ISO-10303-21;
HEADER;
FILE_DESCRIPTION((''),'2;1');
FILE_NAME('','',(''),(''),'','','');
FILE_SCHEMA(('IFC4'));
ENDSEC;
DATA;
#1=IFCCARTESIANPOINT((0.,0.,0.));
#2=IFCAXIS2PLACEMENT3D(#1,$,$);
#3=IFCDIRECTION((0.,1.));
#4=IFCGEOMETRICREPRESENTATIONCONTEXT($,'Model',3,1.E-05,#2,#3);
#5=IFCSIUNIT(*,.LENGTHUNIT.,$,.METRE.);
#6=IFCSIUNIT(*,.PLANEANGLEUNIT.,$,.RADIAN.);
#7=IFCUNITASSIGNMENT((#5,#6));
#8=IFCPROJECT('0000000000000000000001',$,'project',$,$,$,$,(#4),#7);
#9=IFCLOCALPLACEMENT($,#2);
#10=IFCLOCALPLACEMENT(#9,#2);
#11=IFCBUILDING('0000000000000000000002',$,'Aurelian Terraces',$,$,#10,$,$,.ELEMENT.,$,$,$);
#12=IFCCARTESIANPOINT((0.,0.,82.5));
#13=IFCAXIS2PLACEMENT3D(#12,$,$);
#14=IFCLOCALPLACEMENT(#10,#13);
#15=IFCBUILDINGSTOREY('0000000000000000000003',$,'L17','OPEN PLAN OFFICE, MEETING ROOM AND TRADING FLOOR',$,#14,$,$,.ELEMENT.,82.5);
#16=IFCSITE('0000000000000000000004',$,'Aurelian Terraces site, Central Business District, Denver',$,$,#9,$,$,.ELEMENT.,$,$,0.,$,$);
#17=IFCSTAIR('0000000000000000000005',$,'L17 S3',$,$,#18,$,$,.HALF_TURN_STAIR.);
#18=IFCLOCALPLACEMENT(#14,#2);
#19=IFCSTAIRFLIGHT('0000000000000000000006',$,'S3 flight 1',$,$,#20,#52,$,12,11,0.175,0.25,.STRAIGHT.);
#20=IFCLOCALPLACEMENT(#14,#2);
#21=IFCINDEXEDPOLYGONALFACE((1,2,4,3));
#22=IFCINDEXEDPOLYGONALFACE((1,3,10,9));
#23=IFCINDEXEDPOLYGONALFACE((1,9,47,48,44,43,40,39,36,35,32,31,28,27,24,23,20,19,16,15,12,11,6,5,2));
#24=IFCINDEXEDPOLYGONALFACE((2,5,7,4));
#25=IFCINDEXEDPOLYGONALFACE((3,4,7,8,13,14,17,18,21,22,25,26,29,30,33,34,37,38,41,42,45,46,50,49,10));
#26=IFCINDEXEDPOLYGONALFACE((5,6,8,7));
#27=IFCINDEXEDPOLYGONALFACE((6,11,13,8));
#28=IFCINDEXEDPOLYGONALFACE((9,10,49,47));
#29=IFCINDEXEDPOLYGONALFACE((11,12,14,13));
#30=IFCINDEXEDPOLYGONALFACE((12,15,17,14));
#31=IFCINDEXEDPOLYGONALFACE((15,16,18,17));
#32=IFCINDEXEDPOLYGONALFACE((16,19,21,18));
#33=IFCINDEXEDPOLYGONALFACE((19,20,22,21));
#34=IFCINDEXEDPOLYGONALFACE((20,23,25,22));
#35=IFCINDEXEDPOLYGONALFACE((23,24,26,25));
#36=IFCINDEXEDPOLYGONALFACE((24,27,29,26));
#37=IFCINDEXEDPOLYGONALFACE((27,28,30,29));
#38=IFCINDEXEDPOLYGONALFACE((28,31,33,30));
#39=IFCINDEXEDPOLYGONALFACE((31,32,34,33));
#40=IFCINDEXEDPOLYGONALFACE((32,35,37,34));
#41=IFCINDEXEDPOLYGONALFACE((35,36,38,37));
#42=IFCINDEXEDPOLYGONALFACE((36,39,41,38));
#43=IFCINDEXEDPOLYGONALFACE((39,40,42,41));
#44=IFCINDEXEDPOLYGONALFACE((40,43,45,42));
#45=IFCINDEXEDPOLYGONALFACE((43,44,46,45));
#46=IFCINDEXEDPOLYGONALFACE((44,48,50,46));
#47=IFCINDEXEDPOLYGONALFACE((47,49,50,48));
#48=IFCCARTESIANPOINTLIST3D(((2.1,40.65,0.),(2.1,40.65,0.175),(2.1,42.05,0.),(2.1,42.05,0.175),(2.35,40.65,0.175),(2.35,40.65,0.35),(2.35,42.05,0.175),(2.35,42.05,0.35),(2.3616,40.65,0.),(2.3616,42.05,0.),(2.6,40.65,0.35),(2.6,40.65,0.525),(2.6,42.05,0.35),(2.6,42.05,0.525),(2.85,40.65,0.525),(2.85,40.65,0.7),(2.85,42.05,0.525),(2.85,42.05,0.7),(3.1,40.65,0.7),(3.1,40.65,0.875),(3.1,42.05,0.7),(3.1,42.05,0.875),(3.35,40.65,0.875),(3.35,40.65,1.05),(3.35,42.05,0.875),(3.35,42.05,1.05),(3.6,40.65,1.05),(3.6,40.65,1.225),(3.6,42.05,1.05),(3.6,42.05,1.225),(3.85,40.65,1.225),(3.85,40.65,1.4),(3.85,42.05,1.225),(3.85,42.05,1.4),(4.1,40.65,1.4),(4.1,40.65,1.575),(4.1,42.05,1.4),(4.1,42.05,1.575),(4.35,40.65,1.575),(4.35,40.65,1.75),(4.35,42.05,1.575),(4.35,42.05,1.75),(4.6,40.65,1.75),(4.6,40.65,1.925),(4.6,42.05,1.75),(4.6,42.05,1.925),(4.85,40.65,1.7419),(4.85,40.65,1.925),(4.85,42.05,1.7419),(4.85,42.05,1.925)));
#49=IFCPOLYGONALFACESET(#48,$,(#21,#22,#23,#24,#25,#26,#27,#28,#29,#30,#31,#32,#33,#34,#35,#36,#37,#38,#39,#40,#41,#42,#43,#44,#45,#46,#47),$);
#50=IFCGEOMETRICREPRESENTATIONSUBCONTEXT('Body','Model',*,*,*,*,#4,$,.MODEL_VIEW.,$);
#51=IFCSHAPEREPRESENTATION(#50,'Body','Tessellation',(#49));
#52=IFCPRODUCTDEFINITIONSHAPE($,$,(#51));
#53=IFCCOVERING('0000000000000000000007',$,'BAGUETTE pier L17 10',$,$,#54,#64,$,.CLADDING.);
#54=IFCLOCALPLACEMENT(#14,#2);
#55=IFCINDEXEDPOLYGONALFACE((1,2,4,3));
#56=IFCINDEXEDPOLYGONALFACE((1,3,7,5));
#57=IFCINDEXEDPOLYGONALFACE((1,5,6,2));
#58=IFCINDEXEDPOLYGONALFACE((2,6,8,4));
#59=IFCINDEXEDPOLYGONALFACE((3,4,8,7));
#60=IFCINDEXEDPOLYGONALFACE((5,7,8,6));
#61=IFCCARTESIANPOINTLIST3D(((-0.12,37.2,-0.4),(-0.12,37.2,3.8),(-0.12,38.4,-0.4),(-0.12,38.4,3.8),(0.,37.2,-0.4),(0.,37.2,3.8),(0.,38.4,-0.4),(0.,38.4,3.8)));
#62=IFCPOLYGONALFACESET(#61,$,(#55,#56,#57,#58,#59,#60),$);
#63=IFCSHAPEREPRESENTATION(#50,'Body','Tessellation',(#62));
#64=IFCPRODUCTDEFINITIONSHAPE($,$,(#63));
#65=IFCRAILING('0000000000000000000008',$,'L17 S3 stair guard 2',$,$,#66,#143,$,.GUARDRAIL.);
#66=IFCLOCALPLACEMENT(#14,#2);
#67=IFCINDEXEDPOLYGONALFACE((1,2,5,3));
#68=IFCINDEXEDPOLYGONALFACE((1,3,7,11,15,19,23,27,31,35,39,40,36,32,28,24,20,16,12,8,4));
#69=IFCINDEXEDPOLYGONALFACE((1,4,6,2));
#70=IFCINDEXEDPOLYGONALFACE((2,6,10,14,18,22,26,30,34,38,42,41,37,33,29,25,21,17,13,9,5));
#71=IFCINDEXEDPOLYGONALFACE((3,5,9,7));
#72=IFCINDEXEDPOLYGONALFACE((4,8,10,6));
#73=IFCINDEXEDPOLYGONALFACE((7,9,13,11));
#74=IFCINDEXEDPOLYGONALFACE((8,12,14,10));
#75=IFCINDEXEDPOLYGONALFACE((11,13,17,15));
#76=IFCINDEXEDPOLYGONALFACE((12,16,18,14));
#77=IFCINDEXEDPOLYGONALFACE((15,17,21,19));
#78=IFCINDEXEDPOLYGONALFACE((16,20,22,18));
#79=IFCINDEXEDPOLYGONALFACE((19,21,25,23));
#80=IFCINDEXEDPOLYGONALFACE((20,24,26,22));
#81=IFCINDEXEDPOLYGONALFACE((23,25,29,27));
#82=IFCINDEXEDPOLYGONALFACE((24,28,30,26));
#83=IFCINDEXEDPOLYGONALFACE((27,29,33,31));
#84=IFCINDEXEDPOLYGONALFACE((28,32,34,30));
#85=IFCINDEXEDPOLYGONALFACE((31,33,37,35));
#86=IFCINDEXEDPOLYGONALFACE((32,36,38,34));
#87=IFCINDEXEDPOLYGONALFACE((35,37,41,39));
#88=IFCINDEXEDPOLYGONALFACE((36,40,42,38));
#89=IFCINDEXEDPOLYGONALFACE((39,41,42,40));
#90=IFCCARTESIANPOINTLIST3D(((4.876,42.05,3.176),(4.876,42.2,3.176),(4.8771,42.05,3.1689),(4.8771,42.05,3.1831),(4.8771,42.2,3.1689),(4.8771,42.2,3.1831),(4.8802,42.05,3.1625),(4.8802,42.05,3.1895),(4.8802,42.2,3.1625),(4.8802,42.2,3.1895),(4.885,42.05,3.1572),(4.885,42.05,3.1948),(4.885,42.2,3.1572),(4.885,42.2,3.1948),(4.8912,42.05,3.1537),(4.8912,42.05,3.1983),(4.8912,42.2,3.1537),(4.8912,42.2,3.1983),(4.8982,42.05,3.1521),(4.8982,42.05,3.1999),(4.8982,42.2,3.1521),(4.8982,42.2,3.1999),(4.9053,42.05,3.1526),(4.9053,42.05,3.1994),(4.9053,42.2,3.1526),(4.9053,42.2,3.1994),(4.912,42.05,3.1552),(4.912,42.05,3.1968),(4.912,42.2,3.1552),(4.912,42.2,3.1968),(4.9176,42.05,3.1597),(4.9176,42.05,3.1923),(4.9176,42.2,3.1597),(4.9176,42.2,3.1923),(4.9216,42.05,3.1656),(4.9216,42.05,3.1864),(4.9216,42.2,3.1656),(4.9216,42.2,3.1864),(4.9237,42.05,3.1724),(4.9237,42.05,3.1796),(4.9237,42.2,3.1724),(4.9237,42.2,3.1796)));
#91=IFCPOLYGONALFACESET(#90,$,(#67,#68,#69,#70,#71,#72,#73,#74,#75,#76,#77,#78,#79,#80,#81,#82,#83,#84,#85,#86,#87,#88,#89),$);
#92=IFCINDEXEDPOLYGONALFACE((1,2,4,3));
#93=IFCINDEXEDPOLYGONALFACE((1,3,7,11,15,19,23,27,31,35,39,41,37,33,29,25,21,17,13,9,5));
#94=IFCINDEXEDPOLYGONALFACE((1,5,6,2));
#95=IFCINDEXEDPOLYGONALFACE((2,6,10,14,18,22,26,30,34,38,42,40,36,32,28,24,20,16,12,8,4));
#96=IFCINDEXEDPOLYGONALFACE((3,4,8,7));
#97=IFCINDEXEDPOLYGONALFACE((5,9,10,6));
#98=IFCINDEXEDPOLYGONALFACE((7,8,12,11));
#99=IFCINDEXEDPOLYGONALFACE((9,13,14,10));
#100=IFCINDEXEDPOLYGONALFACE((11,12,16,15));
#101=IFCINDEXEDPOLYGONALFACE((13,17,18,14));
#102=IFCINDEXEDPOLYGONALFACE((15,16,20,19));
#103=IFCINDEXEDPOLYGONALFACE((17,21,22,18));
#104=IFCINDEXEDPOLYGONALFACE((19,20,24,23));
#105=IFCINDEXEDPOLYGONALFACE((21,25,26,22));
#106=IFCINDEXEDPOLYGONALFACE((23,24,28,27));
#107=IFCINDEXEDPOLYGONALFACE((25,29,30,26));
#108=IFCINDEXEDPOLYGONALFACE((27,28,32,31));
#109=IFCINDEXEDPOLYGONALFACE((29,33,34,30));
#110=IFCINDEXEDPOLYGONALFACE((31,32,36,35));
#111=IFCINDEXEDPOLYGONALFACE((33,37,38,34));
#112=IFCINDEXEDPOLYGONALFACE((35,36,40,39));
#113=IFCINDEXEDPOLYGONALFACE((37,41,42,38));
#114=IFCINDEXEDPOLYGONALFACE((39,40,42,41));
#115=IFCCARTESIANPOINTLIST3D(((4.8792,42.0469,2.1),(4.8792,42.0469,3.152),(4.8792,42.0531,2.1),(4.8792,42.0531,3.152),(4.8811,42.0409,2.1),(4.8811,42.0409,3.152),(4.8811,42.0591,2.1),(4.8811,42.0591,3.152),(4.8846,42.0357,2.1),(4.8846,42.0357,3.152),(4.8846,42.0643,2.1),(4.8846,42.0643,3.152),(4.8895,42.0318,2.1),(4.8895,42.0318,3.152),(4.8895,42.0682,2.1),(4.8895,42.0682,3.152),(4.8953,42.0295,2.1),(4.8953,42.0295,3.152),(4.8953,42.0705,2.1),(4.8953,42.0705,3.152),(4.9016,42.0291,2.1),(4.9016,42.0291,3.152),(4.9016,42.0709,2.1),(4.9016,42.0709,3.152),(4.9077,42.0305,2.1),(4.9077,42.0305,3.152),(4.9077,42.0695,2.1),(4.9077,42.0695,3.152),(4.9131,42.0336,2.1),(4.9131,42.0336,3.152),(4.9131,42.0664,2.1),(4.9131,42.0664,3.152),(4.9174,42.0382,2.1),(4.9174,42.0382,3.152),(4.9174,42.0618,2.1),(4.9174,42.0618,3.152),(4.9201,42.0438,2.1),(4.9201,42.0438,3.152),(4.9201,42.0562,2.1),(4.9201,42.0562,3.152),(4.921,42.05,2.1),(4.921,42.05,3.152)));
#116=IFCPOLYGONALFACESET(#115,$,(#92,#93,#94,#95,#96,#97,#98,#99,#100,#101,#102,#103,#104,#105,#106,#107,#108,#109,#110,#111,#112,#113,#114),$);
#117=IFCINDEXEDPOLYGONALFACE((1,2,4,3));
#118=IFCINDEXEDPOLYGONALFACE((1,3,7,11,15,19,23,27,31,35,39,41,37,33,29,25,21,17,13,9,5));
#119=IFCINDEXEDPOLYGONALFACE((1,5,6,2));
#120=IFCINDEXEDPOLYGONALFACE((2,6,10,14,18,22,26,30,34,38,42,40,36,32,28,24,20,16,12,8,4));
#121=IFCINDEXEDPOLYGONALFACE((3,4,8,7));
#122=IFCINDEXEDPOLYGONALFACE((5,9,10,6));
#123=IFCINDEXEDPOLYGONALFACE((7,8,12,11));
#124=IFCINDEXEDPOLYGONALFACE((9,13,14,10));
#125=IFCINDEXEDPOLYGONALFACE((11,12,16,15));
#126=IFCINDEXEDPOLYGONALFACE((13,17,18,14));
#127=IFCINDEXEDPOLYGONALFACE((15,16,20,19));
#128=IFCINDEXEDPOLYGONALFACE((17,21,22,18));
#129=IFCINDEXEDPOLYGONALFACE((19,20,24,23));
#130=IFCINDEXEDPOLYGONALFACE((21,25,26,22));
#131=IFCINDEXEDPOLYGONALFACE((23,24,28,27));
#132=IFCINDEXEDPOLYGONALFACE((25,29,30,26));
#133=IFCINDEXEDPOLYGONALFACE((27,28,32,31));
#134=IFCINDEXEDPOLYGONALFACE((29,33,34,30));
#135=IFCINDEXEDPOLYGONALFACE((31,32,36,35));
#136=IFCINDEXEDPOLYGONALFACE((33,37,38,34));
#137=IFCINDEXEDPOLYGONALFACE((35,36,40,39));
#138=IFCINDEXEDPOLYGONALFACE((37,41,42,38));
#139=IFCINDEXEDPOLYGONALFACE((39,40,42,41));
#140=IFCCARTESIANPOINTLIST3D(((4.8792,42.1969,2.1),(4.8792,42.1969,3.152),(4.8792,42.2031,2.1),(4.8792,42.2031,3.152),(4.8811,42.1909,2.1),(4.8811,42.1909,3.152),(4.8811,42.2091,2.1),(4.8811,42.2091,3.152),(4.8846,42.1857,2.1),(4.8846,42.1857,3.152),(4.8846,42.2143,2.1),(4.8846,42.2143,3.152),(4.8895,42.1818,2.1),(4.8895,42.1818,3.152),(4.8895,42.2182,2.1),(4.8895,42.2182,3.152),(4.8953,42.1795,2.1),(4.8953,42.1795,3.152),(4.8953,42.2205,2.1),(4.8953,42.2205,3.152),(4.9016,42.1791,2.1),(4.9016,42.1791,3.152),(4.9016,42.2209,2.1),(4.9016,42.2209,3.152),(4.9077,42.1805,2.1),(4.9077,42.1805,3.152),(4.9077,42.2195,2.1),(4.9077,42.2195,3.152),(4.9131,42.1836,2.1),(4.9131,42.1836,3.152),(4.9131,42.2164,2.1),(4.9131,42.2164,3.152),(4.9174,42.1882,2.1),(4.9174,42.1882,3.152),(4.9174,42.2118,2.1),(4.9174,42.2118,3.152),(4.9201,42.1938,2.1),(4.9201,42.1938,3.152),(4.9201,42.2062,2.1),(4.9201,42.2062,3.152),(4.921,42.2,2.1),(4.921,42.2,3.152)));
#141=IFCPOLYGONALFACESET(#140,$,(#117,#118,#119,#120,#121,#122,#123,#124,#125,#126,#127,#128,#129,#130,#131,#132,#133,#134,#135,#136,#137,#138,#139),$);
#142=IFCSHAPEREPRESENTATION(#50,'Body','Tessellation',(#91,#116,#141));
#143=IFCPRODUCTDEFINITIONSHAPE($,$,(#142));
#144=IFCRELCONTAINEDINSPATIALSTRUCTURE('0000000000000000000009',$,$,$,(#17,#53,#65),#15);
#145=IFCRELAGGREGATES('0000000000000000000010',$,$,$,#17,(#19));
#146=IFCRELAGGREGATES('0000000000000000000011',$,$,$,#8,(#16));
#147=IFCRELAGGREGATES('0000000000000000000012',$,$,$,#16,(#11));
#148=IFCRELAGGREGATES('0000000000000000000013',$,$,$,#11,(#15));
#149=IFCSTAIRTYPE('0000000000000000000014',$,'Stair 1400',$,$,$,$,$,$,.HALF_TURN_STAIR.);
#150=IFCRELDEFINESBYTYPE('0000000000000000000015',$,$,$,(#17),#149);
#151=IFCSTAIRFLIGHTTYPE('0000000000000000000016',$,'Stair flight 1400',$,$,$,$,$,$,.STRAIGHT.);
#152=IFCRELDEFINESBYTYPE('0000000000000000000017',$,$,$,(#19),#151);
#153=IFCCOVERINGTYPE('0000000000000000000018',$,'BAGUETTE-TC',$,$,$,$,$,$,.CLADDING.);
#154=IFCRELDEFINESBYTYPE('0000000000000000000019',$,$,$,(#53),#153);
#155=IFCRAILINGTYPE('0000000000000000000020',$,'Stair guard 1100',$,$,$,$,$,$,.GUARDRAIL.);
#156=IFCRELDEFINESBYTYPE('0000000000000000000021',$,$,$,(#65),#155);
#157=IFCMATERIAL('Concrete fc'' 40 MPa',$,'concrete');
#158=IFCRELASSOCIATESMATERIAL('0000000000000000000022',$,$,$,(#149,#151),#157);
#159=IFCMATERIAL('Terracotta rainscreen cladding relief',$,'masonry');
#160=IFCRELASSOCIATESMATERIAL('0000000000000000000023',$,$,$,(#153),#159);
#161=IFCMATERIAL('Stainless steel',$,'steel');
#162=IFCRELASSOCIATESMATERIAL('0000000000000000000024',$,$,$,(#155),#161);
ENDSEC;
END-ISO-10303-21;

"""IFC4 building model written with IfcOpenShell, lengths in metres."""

from ifc_helpers import new_model, si_unit, direction, frame, origin, origin_2d, place, context, subcontext, project, spatial, polyline, rectangle, circle, outline, extrude, source, transform, mapped, material, type_object, element, aggregate, save


model = new_model("IFC4")

# Units and contexts
model_context = context("Model", 3, precision=1e-05, world=origin(), true_north=direction((0.0, 1.0)))
body_context = subcontext(model_context, "Body", "Model", "MODEL_VIEW")
ifc_project = project(units=[si_unit("LENGTHUNIT", "METRE"), si_unit("PLANEANGLEUNIT", "RADIAN")], contexts=[model_context])

# Site, building, storey
site_placement = place(None, origin())
site = spatial("IfcSite", under=ifc_project, at=site_placement, Name="Aurelian Terraces site, Central Business District, Denver", CompositionType="ELEMENT", RefElevation=0.0)
building_placement = place(site_placement, origin())
building = spatial("IfcBuilding", under=site, at=building_placement, Name="Aurelian Terraces", CompositionType="ELEMENT")
storey_placement = place(building_placement, frame((0.0, 0.0, 82.5)))
storey = spatial("IfcBuildingStorey", under=building, at=storey_placement, Name="L17", Description="OPEN PLAN OFFICE, MEETING ROOM AND TRADING FLOOR", CompositionType="ELEMENT", Elevation=82.5)

# Shared definitions
ifc_material_1 = material(Name="Concrete fc' 40 MPa", Category="concrete")

# Stair, stair flight
stair_type = type_object("IfcStairType", Name="Stair 1400", PredefinedType="HALF_TURN_STAIR", material=ifc_material_1)
stair_placement = place(storey_placement, origin())
stair = element("IfcStair", 1, at=stair_placement, inside=storey, type_object=stair_type, Name="L17 S3", PredefinedType="HALF_TURN_STAIR")
stair_flight_type = type_object("IfcStairFlightType", Name="Stair flight 1400", PredefinedType="STRAIGHT", material=ifc_material_1)
shared_shape_1 = source(origin(), body_context, "Body", "SweptSolid", [
    extrude(outline(polyline([(0.0, 0.0), (0.0, 0.175), (0.25, 0.175), (0.25, 0.35), (0.5, 0.35), (0.5, 0.525), (0.75, 0.525), (0.75, 0.7), (1.0, 0.7), (1.0, 0.875), (1.25, 0.875), (1.25, 1.05), (1.5, 1.05), (1.5, 1.225), (1.75, 1.225), (1.75, 1.4), (2.0, 1.4), (2.0, 1.575), (2.25, 1.575), (2.25, 1.75), (2.5, 1.75), (2.5, 1.925), (2.75, 1.925), (2.75, 2.1), (2.75, 1.7419), (0.2616, 0.0), (0.0, 0.0)])), frame((0.0, 0.7, 0.0), z_axis=(0.0, -1.0, 0.0), x_axis=(1.0, 0.0, 0.0)), (0.0, 0.0, 1.0), 1.4),
])
stair_flight_placement = place(storey_placement, frame((2.1, 41.35, 0.0), z_axis=(0.0, 0.0, 1.0), x_axis=(1.0, 0.0, 0.0)))
stair_flight = element("IfcStairFlight", 2, at=stair_flight_placement, type_object=stair_flight_type, Name="S3 flight 1", NumberOfRisers=12, NumberOfTreads=11, PredefinedType="STRAIGHT", RiserHeight=0.175, TreadLength=0.25, context=body_context, shape_type="MappedRepresentation", body=[
    mapped(shared_shape_1, transform((0.0, 0.0, 0.0), scale=1.0)),
])
aggregate(stair, [stair_flight])

# Covering
ifc_material_2 = material(Name="Terracotta rainscreen cladding relief", Category="masonry")
covering_type = type_object("IfcCoveringType", Name="BAGUETTE-TC", PredefinedType="CLADDING", material=ifc_material_2)
shared_shape_2 = source(origin(), body_context, "Body", "SweptSolid", [
    extrude(rectangle(XDim=0.12, YDim=1.2, at=origin_2d()), origin(), (0.0, 0.0, 1.0), 4.2),
])
covering_placement = place(storey_placement, frame((-0.06, 37.8, -0.4), z_axis=(0.0, 0.0, 1.0), x_axis=(1.0, 0.0, 0.0)))
element("IfcCovering", 3, at=covering_placement, inside=storey, type_object=covering_type, Name="BAGUETTE pier L17 10", PredefinedType="CLADDING", context=body_context, shape_type="MappedRepresentation", body=[
    mapped(shared_shape_2, transform((0.0, 0.0, 0.0), scale=1.0)),
])

# Railing
ifc_material_3 = material(Name="Stainless steel", Category="steel")
railing_type_1 = type_object("IfcRailingType", Name="Stair guard 1100", PredefinedType="GUARDRAIL", material=ifc_material_3)
shared_shape_3 = source(origin(), body_context, "Body", "SweptSolid", [
    extrude(circle(Radius=0.024, at=origin_2d()), frame((0.0, 0.0, 1.076), z_axis=(0.0, 1.0, 0.0), x_axis=(-1.0, 0.0, 0.0)), (0.0, 0.0, 1.0), 0.15),
    extrude(circle(Radius=0.021, at=origin_2d()), origin(), (0.0, 0.0, 1.0), 1.052),
    extrude(circle(Radius=0.021, at=origin_2d()), frame((0.0, 0.15, 0.0)), (0.0, 0.0, 1.0), 1.052),
])
for number, where, name in (
    (4, (4.9, 42.05, 2.1), "L17 S3 stair guard 2"),
):
    element("IfcRailing", number, at=place(storey_placement, frame(where)), inside=storey, type_object=railing_type_1, Name=name, PredefinedType="GUARDRAIL", context=body_context, shape_type="MappedRepresentation", body=[
        mapped(shared_shape_3, transform((0.0, 0.0, 0.0), scale=1.0)),
    ])

save(model, "model.ifc")
